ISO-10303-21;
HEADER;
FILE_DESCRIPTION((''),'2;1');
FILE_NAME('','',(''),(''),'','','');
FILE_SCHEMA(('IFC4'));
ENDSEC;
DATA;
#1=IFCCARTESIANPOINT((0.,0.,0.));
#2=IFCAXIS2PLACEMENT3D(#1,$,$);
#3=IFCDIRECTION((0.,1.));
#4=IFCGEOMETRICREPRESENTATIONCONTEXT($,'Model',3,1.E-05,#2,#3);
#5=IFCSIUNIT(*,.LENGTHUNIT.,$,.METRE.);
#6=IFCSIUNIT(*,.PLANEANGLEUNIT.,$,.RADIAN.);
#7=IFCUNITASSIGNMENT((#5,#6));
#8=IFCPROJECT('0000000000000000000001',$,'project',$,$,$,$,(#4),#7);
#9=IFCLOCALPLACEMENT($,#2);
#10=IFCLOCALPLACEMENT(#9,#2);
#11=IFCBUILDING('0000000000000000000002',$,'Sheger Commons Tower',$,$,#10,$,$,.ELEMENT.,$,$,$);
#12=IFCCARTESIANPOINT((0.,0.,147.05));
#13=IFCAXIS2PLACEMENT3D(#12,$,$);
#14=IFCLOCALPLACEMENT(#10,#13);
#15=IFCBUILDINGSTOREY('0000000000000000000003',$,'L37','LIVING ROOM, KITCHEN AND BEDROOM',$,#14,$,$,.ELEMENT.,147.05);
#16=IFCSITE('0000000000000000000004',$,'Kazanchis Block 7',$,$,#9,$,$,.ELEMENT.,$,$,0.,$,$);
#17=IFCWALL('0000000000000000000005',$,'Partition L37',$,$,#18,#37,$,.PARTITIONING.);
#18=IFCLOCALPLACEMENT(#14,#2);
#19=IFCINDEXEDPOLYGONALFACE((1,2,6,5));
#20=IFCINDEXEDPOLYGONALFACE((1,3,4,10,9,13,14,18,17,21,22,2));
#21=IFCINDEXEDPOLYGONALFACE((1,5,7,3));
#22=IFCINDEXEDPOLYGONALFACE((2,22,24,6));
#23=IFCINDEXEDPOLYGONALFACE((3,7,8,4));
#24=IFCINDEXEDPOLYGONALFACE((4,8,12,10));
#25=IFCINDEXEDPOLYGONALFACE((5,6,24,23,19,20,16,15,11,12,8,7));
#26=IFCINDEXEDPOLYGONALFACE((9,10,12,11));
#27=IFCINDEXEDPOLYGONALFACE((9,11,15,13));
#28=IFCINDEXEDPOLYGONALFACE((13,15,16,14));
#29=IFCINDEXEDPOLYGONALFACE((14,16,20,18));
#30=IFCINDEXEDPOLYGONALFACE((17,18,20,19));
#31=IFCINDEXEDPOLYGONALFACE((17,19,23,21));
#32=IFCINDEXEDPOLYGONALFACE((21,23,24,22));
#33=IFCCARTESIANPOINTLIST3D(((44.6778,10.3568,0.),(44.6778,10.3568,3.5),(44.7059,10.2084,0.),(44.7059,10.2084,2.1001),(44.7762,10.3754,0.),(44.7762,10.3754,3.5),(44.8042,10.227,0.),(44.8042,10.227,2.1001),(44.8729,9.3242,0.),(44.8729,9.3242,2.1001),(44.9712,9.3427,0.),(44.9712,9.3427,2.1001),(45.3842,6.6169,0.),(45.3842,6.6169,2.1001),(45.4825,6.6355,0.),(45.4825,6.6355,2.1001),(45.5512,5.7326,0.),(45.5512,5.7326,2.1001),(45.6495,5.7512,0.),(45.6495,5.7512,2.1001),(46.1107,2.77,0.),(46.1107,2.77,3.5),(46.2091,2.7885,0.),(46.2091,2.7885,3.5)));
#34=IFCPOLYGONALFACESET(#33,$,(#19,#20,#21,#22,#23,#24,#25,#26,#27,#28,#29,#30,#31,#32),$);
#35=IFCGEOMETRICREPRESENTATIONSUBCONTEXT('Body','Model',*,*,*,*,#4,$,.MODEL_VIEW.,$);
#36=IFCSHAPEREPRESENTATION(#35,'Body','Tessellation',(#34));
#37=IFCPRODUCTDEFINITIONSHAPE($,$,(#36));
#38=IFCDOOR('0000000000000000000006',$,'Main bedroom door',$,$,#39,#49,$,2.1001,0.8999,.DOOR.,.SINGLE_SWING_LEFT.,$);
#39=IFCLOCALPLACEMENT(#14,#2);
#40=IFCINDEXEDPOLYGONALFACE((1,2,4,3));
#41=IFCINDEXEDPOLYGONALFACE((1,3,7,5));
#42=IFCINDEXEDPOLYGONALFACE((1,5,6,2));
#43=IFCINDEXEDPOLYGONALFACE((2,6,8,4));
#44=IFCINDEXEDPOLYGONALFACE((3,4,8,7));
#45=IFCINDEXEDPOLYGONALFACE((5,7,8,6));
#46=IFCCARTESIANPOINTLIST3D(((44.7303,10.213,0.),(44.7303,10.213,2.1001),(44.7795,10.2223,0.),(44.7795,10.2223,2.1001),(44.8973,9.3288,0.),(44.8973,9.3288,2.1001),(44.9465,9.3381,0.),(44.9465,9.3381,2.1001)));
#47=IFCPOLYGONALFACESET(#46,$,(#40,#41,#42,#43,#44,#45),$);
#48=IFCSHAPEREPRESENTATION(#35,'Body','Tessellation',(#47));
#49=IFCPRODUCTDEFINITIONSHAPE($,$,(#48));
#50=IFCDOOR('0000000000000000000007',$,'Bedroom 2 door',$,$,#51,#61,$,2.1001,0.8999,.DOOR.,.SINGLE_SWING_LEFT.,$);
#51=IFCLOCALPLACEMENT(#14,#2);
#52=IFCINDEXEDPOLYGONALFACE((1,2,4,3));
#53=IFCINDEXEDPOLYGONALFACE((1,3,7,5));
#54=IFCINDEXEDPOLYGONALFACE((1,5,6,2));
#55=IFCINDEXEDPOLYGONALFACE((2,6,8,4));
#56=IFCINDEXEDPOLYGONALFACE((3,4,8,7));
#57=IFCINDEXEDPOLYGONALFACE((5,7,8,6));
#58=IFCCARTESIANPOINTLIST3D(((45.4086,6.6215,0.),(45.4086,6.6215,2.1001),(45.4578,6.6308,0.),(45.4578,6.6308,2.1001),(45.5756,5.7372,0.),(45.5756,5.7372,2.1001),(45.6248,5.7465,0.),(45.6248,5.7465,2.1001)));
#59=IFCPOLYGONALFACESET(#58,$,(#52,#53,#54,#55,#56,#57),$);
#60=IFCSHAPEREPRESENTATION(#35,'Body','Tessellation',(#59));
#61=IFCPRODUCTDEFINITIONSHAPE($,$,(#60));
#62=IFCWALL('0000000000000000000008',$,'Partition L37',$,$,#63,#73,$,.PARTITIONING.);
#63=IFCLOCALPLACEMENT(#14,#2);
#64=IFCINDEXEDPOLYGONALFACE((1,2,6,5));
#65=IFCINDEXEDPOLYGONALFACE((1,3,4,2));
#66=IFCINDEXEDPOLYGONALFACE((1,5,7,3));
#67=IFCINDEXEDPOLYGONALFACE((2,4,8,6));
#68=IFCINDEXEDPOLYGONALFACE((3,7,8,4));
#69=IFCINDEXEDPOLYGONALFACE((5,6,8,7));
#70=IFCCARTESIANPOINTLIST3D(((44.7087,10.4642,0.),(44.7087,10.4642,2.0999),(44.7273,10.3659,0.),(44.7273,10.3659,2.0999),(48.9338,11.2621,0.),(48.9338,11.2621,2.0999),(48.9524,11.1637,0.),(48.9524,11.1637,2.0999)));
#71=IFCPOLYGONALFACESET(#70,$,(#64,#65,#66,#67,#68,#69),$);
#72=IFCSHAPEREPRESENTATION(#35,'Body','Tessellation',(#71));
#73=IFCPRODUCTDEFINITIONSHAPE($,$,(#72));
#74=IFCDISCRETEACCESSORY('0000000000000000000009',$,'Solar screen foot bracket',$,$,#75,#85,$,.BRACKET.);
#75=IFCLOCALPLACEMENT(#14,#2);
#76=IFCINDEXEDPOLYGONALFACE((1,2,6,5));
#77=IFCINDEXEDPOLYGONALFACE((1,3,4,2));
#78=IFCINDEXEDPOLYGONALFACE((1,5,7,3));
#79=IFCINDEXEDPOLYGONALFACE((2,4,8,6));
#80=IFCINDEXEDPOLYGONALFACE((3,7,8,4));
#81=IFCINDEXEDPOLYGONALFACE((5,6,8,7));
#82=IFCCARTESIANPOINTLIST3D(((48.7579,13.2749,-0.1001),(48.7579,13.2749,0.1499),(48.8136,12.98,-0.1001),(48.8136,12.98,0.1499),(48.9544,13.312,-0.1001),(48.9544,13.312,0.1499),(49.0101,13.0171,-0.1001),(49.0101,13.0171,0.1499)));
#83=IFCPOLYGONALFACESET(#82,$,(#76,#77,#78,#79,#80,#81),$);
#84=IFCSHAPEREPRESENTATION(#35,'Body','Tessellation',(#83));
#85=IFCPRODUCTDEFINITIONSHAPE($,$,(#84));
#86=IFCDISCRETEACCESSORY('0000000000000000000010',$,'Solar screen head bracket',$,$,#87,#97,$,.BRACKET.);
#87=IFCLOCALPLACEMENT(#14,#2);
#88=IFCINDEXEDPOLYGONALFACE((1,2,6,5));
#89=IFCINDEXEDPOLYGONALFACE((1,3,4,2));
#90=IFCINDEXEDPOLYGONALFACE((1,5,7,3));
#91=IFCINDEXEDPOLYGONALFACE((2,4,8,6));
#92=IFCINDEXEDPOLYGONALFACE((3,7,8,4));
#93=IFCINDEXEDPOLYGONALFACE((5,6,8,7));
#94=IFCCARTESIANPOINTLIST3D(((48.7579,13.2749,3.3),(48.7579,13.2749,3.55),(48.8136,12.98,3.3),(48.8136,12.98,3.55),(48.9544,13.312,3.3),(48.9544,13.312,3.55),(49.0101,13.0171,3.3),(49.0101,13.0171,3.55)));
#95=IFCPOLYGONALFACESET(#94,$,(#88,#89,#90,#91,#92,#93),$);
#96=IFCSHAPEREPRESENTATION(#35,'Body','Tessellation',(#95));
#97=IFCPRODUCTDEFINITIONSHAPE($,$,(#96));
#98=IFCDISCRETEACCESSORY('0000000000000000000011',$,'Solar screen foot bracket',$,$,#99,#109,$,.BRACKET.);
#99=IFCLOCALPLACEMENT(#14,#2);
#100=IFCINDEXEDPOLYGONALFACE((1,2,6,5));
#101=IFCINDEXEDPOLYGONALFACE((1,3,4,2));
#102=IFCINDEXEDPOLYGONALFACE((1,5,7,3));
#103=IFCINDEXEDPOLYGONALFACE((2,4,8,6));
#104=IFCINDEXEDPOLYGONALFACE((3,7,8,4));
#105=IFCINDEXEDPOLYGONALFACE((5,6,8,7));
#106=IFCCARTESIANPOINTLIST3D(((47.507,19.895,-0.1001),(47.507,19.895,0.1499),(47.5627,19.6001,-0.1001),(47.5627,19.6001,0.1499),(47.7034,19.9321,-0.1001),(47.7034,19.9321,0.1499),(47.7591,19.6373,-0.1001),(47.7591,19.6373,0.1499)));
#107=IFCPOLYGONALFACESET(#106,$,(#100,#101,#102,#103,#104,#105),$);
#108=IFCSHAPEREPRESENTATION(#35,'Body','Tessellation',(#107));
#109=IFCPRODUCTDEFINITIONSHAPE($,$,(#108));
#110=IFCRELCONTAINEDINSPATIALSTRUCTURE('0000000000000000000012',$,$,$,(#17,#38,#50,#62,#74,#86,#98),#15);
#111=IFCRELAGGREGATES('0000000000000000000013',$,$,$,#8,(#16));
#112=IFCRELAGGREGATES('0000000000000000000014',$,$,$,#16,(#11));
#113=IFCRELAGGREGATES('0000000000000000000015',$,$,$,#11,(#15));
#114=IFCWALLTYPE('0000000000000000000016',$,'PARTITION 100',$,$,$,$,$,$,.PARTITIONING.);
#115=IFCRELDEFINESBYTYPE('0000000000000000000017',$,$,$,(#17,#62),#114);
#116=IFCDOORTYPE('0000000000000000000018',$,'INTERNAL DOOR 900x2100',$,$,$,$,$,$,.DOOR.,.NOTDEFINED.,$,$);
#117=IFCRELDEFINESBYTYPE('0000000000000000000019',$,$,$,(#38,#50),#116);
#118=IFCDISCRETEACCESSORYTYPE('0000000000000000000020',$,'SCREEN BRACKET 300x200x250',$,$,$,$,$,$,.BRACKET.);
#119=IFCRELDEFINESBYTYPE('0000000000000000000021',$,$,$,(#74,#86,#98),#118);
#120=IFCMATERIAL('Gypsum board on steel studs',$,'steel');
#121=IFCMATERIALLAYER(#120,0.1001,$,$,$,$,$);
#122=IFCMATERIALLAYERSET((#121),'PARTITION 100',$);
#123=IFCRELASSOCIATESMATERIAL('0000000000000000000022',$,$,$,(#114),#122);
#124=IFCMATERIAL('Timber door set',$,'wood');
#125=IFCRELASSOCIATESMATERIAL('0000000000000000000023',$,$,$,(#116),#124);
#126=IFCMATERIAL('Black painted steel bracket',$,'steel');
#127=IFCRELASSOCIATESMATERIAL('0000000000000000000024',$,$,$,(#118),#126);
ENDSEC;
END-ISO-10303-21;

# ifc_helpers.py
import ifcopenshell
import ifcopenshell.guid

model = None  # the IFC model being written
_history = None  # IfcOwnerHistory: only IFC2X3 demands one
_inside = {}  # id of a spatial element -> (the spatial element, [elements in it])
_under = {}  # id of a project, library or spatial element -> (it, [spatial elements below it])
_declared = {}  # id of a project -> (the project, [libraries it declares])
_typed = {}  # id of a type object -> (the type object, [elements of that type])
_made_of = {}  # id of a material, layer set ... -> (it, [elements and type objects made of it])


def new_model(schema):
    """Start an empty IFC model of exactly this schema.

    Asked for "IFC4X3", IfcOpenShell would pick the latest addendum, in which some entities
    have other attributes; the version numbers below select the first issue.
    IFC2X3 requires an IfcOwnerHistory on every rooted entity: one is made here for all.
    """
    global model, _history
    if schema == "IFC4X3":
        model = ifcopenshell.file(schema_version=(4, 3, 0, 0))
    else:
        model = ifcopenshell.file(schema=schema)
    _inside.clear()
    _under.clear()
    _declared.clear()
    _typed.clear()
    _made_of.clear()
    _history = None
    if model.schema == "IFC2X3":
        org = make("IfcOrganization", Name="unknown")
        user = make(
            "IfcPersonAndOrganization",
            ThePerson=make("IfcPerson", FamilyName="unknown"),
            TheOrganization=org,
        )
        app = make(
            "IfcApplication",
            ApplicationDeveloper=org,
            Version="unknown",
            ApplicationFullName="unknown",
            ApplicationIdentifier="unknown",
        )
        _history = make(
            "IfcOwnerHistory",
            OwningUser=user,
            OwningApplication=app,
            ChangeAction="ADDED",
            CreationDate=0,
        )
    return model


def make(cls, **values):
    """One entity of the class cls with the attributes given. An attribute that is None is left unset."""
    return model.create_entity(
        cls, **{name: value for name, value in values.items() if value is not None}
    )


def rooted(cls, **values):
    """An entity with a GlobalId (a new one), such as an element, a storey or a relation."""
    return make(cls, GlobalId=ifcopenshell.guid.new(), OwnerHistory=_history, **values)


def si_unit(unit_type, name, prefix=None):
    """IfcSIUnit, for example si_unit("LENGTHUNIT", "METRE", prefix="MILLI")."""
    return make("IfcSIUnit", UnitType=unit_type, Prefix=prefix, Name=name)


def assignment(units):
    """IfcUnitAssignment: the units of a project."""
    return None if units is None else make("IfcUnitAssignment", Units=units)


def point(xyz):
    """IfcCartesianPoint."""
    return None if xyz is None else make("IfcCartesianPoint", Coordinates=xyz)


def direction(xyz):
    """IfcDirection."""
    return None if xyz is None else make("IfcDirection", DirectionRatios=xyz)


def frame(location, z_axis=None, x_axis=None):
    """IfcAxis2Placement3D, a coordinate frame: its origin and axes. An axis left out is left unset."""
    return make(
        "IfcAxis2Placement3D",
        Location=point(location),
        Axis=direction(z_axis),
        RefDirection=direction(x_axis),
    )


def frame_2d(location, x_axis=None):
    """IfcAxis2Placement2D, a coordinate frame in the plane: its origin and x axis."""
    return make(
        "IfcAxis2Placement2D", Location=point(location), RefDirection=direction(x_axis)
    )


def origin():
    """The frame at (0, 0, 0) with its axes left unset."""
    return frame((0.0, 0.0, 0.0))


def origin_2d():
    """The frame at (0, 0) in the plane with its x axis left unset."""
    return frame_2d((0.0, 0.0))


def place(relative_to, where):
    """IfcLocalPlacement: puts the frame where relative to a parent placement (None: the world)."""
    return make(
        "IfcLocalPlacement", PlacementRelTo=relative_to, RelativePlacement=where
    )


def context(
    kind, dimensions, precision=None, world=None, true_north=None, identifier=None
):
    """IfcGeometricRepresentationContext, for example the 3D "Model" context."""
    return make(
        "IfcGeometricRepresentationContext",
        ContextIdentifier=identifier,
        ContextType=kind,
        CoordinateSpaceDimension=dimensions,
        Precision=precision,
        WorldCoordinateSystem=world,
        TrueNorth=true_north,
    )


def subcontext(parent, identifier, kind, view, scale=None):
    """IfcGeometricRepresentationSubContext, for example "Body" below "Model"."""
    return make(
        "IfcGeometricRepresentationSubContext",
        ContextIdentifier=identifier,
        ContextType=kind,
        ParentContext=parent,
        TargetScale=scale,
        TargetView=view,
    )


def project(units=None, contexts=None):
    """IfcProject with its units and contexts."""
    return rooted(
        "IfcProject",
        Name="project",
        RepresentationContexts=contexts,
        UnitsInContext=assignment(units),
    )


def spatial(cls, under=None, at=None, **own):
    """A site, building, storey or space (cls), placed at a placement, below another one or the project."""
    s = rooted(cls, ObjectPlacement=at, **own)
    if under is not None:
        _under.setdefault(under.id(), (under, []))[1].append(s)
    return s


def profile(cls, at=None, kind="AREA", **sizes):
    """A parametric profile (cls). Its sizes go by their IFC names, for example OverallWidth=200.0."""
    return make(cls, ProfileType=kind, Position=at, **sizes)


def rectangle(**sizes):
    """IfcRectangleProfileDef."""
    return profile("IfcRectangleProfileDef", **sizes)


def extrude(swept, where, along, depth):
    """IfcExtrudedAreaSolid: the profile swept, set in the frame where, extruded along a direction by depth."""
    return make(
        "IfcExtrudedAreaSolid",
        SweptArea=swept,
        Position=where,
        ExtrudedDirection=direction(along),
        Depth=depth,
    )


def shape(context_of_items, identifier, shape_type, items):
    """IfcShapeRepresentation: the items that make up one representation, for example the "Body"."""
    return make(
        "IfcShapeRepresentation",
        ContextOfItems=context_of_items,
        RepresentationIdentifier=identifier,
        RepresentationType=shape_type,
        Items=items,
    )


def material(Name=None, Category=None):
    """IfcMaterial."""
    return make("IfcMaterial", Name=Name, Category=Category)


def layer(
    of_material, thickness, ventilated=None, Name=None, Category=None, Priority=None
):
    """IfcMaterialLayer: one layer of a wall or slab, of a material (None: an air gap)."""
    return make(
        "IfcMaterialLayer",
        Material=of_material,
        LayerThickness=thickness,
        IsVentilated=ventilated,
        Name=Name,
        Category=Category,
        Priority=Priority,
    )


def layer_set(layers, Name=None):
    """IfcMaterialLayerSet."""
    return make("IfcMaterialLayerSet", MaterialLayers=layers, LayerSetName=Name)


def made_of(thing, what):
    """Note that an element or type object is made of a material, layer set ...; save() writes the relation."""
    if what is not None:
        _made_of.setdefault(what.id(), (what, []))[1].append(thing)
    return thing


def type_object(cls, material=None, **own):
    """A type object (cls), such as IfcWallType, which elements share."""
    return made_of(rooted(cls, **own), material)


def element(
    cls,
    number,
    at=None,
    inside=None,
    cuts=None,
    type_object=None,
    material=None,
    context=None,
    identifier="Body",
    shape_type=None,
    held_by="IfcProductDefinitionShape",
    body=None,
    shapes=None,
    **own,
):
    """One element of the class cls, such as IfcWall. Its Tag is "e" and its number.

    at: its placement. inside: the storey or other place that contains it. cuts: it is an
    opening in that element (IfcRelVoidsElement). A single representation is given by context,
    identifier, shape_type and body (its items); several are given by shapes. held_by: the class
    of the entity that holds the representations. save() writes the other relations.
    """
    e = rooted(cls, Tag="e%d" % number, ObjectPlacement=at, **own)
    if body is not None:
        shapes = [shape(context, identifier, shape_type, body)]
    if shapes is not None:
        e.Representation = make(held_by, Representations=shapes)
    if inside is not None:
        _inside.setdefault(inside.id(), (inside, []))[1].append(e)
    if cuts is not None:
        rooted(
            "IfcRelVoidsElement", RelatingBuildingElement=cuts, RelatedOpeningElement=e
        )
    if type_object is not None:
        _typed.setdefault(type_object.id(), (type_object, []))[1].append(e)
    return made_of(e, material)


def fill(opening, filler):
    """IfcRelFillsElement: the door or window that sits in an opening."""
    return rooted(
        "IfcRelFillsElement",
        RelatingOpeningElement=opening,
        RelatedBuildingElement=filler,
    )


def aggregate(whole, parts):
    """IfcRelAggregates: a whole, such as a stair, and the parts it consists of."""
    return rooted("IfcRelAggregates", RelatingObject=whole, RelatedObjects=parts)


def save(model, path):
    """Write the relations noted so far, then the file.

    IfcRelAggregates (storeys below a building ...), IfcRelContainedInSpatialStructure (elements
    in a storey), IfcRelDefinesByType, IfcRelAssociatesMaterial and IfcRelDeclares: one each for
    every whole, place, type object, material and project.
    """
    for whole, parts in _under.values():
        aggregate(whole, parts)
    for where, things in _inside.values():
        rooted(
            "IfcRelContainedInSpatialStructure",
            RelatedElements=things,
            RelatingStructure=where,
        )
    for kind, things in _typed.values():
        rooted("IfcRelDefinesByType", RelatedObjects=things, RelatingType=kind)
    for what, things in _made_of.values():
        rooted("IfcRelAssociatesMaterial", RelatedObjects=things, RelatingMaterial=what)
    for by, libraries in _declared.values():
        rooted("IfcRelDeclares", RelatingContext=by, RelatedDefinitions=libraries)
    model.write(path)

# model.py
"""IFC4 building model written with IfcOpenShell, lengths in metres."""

from ifc_helpers import new_model, si_unit, direction, frame, frame_2d, origin, origin_2d, place, context, subcontext, project, spatial, rectangle, extrude, material, layer, layer_set, type_object, element, fill, save


model = new_model("IFC4")

# Units and contexts
model_context = context("Model", 3, precision=1e-05, world=origin(), true_north=direction((0.0, 1.0)))
body_context = subcontext(model_context, "Body", "Model", "MODEL_VIEW")
ifc_project = project(units=[si_unit("LENGTHUNIT", "METRE"), si_unit("PLANEANGLEUNIT", "RADIAN")], contexts=[model_context])

# Site, building, storey
site_placement = place(None, origin())
site = spatial("IfcSite", under=ifc_project, at=site_placement, Name="Kazanchis Block 7", CompositionType="ELEMENT", RefElevation=0.0)
building_placement = place(site_placement, origin())
building = spatial("IfcBuilding", under=site, at=building_placement, Name="Sheger Commons Tower", CompositionType="ELEMENT")
storey_placement = place(building_placement, frame((0.0, 0.0, 147.05)))
storey = spatial("IfcBuildingStorey", under=building, at=storey_placement, Name="L37", Description="LIVING ROOM, KITCHEN AND BEDROOM", CompositionType="ELEMENT", Elevation=147.05)

# Shared definitions
ifc_material_1 = material(Name="Gypsum board on steel studs", Category="steel")
ifc_layer_1 = layer(ifc_material_1, 0.1001)
ifc_layer_set_1 = layer_set([ifc_layer_1], Name="PARTITION 100")
wall_type_1 = type_object("IfcWallType", Name="PARTITION 100", PredefinedType="PARTITIONING", material=ifc_layer_set_1)

# Shared definitions
ifc_material_2 = material(Name="Timber door set", Category="wood")
door_type = type_object("IfcDoorType", Name="INTERNAL DOOR 900x2100", OperationType="NOTDEFINED", PredefinedType="DOOR", material=ifc_material_2)

# Wall, openings, doors
wall_1_placement = place(storey_placement, frame((44.7271, 10.366, 0.0), z_axis=(0.0, 0.0, 1.0), x_axis=(0.185579, -0.982629, 0.0)))
wall_1 = element("IfcWall", 1, at=wall_1_placement, inside=storey, type_object=wall_type_1, Name="Partition L37", PredefinedType="PARTITIONING", context=body_context, shape_type="SweptSolid", body=[
    extrude(rectangle(XDim=7.7209, YDim=0.1001, at=frame_2d((3.8604, 0.0))), origin(), (0.0, 0.0, 1.0), 3.5),
])
opening_1_placement = place(wall_1_placement, frame((0.1509, 0.0, 0.0)))
opening_1 = element("IfcOpeningElement", 2, at=opening_1_placement, cuts=wall_1, PredefinedType="OPENING", context=body_context, shape_type="SweptSolid", body=[
    extrude(rectangle(XDim=0.8999, YDim=2.1001, at=frame_2d((0.45, 1.05))), frame((0.0, 0.0601, 0.0), z_axis=(0.0, -1.0, 0.0), x_axis=(1.0, 0.0, 0.0)), (0.0, 0.0, 1.0), 0.1201),
])
opening_2_placement = place(wall_1_placement, frame((3.8059, 0.0, 0.0)))
opening_2 = element("IfcOpeningElement", 3, at=opening_2_placement, cuts=wall_1, PredefinedType="OPENING", context=body_context, shape_type="SweptSolid", body=[
    extrude(rectangle(XDim=0.8999, YDim=2.1001, at=frame_2d((0.45, 1.05))), frame((0.0, 0.0601, 0.0), z_axis=(0.0, -1.0, 0.0), x_axis=(1.0, 0.0, 0.0)), (0.0, 0.0, 1.0), 0.1201),
])
door_1_placement = place(opening_1_placement, origin())
door_1 = element("IfcDoor", 4, at=door_1_placement, inside=storey, type_object=door_type, Name="Main bedroom door", OperationType="SINGLE_SWING_LEFT", OverallHeight=2.1001, OverallWidth=0.8999, PredefinedType="DOOR", context=body_context, shape_type="SweptSolid", body=[
    extrude(rectangle(XDim=0.8999, YDim=2.1001, at=frame_2d((0.45, 1.05))), frame((0.0, 0.0249, 0.0), z_axis=(0.0, -1.0, 0.0), x_axis=(1.0, 0.0, 0.0)), (0.0, 0.0, 1.0), 0.05),
])
fill(opening_1, door_1)
door_2_placement = place(opening_2_placement, origin())
door_2 = element("IfcDoor", 5, at=door_2_placement, inside=storey, type_object=door_type, Name="Bedroom 2 door", OperationType="SINGLE_SWING_LEFT", OverallHeight=2.1001, OverallWidth=0.8999, PredefinedType="DOOR", context=body_context, shape_type="SweptSolid", body=[
    extrude(rectangle(XDim=0.8999, YDim=2.1001, at=frame_2d((0.45, 1.05))), frame((0.0, 0.0249, 0.0), z_axis=(0.0, -1.0, 0.0), x_axis=(1.0, 0.0, 0.0)), (0.0, 0.0, 1.0), 0.05),
])
fill(opening_2, door_2)

# Wall
wall_2_placement = place(storey_placement, frame((48.9431, 11.2129, 0.0), z_axis=(0.0, 0.0, 1.0), x_axis=(-0.982634, -0.185557, 0.0)))
element("IfcWall", 6, at=wall_2_placement, inside=storey, type_object=wall_type_1, Name="Partition L37", PredefinedType="PARTITIONING", context=body_context, shape_type="SweptSolid", body=[
    extrude(rectangle(XDim=4.2998, YDim=0.1001, at=frame_2d((2.1499, 0.0))), origin(), (0.0, 0.0, 1.0), 2.0999),
])

# Discrete accessories
ifc_material_3 = material(Name="Black painted steel bracket", Category="steel")
discrete_accessory_type = type_object("IfcDiscreteAccessoryType", Name="SCREEN BRACKET 300x200x250", PredefinedType="BRACKET", material=ifc_material_3)
for number, where, z_axis, x_axis, name in (
    (7, (48.884, 13.146, -0.1001), (0.0, 0.0, 1.0), (-0.185615, 0.982623, 0.0), "Solar screen foot bracket"),
    (8, (48.884, 13.146, 3.3), (0.0, 0.0, 1.0), (-0.185615, 0.982623, 0.0), "Solar screen head bracket"),
    (9, (47.6331, 19.7661, -0.1001), (0.0, 0.0, 1.0), (-0.185615, 0.982623, 0.0), "Solar screen foot bracket"),
):
    element("IfcDiscreteAccessory", number, at=place(storey_placement, frame(where, z_axis=z_axis, x_axis=x_axis)), inside=storey, type_object=discrete_accessory_type, Name=name, PredefinedType="BRACKET", context=body_context, shape_type="SweptSolid", body=[
        extrude(rectangle(XDim=0.3, YDim=0.2, at=origin_2d()), origin(), (0.0, 0.0, 1.0), 0.25),
    ])

save(model, "model.ifc")
